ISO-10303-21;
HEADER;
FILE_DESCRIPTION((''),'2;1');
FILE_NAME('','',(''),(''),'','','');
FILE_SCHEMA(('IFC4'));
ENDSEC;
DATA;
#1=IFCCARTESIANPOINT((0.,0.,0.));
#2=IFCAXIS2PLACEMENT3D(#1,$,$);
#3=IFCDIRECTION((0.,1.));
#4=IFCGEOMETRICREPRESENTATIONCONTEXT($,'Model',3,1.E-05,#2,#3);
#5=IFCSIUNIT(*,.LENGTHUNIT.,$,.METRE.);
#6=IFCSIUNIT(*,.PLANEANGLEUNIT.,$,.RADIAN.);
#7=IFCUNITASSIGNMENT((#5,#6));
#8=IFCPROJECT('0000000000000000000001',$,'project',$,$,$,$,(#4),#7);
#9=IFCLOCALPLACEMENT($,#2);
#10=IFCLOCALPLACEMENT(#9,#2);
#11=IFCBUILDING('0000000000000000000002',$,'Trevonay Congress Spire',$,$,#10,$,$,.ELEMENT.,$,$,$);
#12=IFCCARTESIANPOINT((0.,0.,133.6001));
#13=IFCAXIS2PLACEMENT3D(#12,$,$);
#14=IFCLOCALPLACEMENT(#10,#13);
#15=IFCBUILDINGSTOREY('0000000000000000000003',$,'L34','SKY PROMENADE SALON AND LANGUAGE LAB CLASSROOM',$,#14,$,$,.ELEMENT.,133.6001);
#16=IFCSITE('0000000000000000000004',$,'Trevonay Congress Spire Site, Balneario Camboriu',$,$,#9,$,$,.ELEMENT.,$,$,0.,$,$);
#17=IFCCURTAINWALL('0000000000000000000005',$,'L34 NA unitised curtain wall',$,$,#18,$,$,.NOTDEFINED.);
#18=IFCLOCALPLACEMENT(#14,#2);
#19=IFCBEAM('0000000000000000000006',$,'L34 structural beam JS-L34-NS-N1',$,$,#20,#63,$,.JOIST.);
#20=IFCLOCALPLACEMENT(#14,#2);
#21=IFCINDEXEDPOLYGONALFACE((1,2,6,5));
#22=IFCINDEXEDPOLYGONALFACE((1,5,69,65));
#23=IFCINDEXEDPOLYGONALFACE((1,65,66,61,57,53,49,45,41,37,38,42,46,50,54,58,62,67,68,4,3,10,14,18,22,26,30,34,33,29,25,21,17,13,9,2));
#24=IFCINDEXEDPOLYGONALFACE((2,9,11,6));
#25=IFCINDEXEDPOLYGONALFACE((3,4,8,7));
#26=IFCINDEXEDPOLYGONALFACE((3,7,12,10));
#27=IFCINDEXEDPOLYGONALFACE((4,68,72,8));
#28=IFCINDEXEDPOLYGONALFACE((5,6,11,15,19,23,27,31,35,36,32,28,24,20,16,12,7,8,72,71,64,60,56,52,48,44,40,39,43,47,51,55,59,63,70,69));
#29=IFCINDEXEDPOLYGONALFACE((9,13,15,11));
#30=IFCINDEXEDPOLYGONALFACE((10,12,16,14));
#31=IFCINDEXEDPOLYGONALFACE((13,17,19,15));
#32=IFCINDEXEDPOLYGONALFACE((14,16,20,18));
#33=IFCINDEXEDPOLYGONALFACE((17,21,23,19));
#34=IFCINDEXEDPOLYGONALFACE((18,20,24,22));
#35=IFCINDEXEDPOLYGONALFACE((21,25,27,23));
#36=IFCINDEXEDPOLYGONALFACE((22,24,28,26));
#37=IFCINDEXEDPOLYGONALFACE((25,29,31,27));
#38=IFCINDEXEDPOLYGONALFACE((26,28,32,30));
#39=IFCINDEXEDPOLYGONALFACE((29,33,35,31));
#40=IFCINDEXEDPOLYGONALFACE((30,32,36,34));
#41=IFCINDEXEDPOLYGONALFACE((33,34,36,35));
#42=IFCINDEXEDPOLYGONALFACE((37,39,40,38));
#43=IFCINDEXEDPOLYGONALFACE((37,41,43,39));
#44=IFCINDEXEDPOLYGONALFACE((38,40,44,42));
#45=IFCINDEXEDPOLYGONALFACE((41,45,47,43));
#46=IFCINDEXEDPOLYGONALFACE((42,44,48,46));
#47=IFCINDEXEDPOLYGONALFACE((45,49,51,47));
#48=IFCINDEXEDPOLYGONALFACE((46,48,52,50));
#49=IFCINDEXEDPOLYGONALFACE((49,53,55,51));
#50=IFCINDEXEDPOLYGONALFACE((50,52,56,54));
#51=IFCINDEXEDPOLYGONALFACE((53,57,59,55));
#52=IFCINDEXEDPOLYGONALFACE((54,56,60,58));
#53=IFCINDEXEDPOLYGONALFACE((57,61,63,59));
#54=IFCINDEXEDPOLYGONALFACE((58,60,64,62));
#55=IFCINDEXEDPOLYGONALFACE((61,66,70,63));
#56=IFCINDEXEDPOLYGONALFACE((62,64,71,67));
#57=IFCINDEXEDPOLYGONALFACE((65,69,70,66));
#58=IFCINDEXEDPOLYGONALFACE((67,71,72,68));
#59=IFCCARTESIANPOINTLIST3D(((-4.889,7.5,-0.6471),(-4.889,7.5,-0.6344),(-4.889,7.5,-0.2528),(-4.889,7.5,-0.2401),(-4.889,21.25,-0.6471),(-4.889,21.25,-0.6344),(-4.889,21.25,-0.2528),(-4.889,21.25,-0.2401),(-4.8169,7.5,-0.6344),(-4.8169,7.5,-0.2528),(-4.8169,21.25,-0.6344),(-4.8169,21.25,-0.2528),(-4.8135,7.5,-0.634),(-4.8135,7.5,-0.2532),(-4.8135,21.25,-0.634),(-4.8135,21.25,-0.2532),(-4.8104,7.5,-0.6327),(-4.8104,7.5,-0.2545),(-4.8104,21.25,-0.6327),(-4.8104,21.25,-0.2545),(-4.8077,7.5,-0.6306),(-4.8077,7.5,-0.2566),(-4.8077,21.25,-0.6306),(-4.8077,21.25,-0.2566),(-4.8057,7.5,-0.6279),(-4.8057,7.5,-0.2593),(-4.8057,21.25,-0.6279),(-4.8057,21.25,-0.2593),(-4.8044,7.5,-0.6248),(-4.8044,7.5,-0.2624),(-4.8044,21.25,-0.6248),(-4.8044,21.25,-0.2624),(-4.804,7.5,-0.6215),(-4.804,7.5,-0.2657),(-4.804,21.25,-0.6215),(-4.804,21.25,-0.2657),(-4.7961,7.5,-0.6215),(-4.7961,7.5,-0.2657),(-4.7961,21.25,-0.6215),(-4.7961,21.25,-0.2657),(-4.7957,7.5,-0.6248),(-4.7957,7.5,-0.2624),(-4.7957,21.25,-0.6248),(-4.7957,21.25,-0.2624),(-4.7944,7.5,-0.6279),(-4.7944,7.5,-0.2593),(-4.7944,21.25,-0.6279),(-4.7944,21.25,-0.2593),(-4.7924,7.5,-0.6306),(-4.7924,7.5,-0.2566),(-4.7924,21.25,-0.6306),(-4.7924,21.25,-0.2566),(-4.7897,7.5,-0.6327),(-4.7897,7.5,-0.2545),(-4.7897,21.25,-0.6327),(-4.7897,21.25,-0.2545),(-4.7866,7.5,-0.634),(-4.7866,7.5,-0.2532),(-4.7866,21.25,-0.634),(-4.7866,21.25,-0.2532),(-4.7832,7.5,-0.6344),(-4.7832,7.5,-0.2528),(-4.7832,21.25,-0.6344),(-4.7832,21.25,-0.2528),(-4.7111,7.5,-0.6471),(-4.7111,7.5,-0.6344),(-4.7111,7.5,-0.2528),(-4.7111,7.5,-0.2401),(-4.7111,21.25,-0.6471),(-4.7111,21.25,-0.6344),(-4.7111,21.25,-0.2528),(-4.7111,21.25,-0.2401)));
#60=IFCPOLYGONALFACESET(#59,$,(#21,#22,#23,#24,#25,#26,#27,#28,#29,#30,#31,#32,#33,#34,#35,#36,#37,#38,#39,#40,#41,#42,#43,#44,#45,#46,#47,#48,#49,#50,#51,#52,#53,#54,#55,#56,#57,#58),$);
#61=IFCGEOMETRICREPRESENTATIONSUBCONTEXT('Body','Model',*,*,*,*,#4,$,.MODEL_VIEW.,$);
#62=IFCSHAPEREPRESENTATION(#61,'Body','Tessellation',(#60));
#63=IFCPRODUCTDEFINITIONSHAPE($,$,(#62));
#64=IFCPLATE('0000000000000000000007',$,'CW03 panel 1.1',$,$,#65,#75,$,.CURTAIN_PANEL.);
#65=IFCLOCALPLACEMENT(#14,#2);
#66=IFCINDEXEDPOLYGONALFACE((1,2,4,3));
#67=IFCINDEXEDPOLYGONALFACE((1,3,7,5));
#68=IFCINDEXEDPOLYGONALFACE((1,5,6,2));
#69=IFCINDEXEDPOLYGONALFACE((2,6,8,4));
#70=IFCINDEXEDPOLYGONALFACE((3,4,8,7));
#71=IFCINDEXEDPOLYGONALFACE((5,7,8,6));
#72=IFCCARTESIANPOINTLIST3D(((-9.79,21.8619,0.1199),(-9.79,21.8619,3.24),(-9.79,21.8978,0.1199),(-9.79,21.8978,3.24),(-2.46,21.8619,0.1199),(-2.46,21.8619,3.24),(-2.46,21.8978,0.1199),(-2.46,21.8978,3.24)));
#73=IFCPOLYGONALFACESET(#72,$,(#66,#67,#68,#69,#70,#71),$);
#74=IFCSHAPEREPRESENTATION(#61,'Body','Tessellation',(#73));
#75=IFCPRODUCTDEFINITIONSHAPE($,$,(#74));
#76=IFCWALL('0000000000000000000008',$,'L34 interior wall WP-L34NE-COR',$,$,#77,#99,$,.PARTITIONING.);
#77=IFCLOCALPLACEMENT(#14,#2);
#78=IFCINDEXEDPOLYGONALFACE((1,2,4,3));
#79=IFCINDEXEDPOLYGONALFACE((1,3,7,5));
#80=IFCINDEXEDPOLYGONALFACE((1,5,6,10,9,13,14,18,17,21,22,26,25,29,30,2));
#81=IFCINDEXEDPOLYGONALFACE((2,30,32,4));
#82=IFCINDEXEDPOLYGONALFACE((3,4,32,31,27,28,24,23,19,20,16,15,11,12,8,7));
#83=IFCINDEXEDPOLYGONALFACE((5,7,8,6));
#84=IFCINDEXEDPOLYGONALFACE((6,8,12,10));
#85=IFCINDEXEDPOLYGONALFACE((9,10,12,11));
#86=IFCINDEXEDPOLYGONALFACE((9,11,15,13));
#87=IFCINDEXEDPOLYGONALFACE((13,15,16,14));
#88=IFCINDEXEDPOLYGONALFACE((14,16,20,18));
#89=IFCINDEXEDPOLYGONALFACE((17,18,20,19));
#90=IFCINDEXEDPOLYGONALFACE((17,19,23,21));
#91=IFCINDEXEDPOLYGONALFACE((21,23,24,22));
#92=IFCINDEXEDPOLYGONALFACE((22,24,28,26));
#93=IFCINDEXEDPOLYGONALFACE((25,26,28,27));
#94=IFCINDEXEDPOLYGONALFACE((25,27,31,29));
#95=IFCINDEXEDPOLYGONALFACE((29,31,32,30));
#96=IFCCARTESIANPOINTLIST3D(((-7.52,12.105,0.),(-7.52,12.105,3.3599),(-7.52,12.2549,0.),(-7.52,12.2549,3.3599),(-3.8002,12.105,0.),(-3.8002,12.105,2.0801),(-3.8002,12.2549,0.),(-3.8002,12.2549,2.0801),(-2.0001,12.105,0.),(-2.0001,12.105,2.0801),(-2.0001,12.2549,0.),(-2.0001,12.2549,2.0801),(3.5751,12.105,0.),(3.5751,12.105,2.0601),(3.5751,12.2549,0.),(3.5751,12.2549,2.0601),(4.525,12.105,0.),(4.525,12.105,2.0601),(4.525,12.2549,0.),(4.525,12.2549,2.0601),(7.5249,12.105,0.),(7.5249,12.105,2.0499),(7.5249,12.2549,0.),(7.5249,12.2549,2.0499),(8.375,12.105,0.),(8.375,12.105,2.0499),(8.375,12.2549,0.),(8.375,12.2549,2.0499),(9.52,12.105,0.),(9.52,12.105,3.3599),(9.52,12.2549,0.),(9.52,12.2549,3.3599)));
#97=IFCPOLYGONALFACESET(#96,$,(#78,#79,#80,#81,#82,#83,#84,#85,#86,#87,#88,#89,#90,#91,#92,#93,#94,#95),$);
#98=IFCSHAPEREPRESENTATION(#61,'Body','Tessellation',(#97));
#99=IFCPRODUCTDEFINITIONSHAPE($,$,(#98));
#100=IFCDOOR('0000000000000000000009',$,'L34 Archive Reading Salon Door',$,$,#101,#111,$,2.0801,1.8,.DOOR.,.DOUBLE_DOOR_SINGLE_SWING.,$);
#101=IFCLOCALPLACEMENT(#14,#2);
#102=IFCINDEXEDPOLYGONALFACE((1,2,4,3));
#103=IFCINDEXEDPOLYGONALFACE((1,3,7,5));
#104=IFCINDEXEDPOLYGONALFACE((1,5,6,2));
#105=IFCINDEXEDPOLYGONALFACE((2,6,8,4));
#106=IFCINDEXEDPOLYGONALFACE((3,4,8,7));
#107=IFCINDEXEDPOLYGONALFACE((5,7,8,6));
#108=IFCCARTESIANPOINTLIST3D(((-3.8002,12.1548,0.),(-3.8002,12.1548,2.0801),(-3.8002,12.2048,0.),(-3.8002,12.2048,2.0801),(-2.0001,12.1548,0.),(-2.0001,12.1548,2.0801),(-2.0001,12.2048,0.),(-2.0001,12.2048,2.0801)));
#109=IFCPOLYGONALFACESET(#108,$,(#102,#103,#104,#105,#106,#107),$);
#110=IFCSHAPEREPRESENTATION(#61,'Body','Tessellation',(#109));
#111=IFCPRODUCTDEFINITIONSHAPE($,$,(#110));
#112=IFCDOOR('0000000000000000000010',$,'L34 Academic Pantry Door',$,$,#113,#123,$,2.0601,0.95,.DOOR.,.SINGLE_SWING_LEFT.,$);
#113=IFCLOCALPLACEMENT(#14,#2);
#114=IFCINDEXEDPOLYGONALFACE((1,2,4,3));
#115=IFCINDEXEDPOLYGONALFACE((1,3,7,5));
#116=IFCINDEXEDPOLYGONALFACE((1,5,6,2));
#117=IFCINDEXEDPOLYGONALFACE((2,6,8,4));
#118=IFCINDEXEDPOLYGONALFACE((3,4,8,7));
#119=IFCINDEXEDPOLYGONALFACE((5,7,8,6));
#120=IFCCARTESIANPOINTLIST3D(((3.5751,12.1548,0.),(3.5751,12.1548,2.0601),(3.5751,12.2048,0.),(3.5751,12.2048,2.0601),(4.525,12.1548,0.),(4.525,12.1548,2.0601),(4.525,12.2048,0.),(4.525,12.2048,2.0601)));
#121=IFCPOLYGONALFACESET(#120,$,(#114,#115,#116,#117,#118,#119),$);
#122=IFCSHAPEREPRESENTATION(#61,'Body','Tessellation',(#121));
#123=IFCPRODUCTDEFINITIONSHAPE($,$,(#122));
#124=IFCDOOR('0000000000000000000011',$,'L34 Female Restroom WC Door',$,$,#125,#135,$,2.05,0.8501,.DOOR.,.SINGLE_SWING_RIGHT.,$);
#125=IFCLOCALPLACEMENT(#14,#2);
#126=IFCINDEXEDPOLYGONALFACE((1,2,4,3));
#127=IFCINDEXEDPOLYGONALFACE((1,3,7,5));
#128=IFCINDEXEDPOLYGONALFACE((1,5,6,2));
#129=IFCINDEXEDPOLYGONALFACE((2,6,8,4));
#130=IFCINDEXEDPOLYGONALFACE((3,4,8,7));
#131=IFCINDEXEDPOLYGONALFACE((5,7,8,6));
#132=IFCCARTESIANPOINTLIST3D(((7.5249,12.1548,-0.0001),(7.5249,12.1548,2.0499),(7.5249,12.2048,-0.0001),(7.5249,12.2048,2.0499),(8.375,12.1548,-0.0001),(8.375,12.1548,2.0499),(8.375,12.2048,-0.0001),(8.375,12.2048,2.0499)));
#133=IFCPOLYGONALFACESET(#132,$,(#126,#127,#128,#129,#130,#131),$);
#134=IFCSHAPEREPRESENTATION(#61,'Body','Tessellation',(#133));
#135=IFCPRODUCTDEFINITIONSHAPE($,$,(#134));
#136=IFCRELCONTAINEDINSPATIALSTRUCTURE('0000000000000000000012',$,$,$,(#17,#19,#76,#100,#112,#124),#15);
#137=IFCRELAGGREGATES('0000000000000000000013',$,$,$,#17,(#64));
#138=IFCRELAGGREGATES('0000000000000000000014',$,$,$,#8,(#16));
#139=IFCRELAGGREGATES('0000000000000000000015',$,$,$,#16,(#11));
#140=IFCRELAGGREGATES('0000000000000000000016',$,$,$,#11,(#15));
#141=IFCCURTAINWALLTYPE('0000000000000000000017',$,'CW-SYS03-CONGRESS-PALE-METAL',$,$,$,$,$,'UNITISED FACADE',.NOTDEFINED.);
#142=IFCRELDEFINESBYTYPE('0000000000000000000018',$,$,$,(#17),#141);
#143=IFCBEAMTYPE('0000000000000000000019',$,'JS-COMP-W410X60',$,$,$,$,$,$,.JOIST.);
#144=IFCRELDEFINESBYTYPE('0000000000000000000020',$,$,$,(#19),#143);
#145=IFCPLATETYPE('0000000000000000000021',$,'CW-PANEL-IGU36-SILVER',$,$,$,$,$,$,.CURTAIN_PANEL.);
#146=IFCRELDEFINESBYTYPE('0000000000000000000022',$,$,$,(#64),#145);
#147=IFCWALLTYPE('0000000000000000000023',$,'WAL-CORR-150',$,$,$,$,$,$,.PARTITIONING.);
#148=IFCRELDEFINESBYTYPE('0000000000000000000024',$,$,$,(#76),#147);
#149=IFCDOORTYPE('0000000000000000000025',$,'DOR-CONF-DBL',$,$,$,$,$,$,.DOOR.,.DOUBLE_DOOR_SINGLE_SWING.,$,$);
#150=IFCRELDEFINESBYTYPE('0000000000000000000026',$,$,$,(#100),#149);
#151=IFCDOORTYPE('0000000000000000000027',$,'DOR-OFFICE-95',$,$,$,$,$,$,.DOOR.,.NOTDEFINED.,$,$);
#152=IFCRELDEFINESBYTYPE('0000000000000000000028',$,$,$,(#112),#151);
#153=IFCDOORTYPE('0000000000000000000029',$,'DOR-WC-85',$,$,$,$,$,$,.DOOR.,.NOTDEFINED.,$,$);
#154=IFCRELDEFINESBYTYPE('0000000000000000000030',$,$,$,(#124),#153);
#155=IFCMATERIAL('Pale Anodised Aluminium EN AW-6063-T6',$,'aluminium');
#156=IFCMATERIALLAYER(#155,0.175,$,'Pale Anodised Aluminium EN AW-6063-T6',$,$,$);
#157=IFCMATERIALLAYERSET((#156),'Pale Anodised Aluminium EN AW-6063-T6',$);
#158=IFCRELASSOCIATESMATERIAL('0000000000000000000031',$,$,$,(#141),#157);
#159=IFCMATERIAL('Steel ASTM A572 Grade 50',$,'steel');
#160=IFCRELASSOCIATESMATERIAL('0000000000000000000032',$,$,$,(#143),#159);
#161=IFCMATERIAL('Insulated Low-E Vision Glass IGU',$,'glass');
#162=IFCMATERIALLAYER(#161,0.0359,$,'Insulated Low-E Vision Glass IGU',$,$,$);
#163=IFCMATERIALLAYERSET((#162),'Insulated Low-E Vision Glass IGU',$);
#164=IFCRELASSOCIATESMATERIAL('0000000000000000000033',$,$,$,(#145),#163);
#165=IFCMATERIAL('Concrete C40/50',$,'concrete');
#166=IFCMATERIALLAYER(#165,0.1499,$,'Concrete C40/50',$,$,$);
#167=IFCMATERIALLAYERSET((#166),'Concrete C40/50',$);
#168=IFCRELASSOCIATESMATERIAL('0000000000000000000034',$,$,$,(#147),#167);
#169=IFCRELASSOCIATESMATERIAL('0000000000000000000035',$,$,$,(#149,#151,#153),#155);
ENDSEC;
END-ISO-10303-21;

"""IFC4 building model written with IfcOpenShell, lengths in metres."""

from ifc_helpers import new_model, si_unit, direction, frame, frame_2d, origin, origin_2d, place, context, subcontext, project, spatial, rectangle, i_section, extrude, material, layer, layer_set, material_profile, profile_set, type_object, element, fill, aggregate, save


model = new_model("IFC4")

# Units and contexts
model_context = context("Model", 3, precision=1e-05, world=origin(), true_north=direction((0.0, 1.0)))
body_context = subcontext(model_context, "Body", "Model", "MODEL_VIEW")
ifc_project = project(units=[si_unit("LENGTHUNIT", "METRE"), si_unit("PLANEANGLEUNIT", "RADIAN")], contexts=[model_context])

# Site, building, storey
site_placement = place(None, origin())
site = spatial("IfcSite", under=ifc_project, at=site_placement, Name="Trevonay Congress Spire Site, Balneario Camboriu", CompositionType="ELEMENT", RefElevation=0.0)
building_placement = place(site_placement, origin())
building = spatial("IfcBuilding", under=site, at=building_placement, Name="Trevonay Congress Spire", CompositionType="ELEMENT")
storey_placement = place(building_placement, frame((0.0, 0.0, 133.6001)))
storey = spatial("IfcBuildingStorey", under=building, at=storey_placement, Name="L34", Description="SKY PROMENADE SALON AND LANGUAGE LAB CLASSROOM", CompositionType="ELEMENT", Elevation=133.6001)

# Shared definitions
ifc_material_1 = material(Name="Steel ASTM A572 Grade 50", Category="steel")

# Curtain wall
ifc_material_2 = material(Name="Pale Anodised Aluminium EN AW-6063-T6", Category="aluminium")
ifc_layer_1 = layer(ifc_material_2, 0.175, Name="Pale Anodised Aluminium EN AW-6063-T6")
ifc_layer_set_1 = layer_set([ifc_layer_1], Name="Pale Anodised Aluminium EN AW-6063-T6")
curtain_wall_type = type_object("IfcCurtainWallType", Name="CW-SYS03-CONGRESS-PALE-METAL", ElementType="UNITISED FACADE", PredefinedType="NOTDEFINED", material=ifc_layer_set_1)
curtain_wall_placement = place(storey_placement, origin())
curtain_wall = element("IfcCurtainWall", 1, at=curtain_wall_placement, inside=storey, type_object=curtain_wall_type, Name="L34 NA unitised curtain wall", PredefinedType="NOTDEFINED")

# Beam
ifc_material_profile_1 = material_profile(ifc_material_1, i_section(OverallWidth=0.178, OverallDepth=0.407, WebThickness=0.0078, FlangeThickness=0.0127, FilletRadius=0.0129, at=origin_2d()), Name="W410x60")
ifc_profile_set_1 = profile_set([ifc_material_profile_1], Name="Steel ASTM A572 Grade 50")
beam_type_1 = type_object("IfcBeamType", Name="JS-COMP-W410X60", PredefinedType="JOIST", material=ifc_profile_set_1)
beam_1_placement = place(storey_placement, frame((-4.8, 7.5, -0.4436), z_axis=(0.0, 1.0, 0.0), x_axis=(-1.0, 0.0, 0.0)))
element("IfcBeam", 2, at=beam_1_placement, inside=storey, type_object=beam_type_1, Name="L34 structural beam JS-L34-NS-N1", PredefinedType="JOIST", context=body_context, shape_type="SweptSolid", body=[
    extrude(i_section(OverallWidth=0.178, OverallDepth=0.407, WebThickness=0.0078, FlangeThickness=0.0127, FilletRadius=0.0129, at=origin_2d()), origin(), (0.0, 0.0, 1.0), 13.75),
])

# Plate
ifc_material_3 = material(Name="Insulated Low-E Vision Glass IGU", Category="glass")
ifc_layer_2 = layer(ifc_material_3, 0.0359, Name="Insulated Low-E Vision Glass IGU")
ifc_layer_set_2 = layer_set([ifc_layer_2], Name="Insulated Low-E Vision Glass IGU")
plate_type = type_object("IfcPlateType", Name="CW-PANEL-IGU36-SILVER", PredefinedType="CURTAIN_PANEL", material=ifc_layer_set_2)
plate_placement = place(storey_placement, frame((-6.125, 21.8799, 0.1199), z_axis=(0.0, 0.0, 1.0), x_axis=(1.0, 0.0, 0.0)))
plate = element("IfcPlate", 3, at=plate_placement, type_object=plate_type, Name="CW03 panel 1.1", PredefinedType="CURTAIN_PANEL", context=body_context, shape_type="SweptSolid", body=[
    extrude(rectangle(XDim=7.3301, YDim=0.0359, at=origin_2d()), origin(), (0.0, 0.0, 1.0), 3.1201),
])
aggregate(curtain_wall, [plate])

# Wall, openings, doors
ifc_material_4 = material(Name="Concrete C40/50", Category="concrete")
ifc_layer_3 = layer(ifc_material_4, 0.1499, Name="Concrete C40/50")
ifc_layer_set_3 = layer_set([ifc_layer_3], Name="Concrete C40/50")
wall_type_1 = type_object("IfcWallType", Name="WAL-CORR-150", PredefinedType="PARTITIONING", material=ifc_layer_set_3)
wall_1_placement = place(storey_placement, frame((-7.52, 12.1799, 0.0), z_axis=(0.0, 0.0, 1.0), x_axis=(1.0, 0.0, 0.0)))
wall_1 = element("IfcWall", 4, at=wall_1_placement, inside=storey, type_object=wall_type_1, Name="L34 interior wall WP-L34NE-COR", PredefinedType="PARTITIONING", context=body_context, shape_type="SweptSolid", body=[
    extrude(rectangle(XDim=17.04, YDim=0.1499, at=frame_2d((8.52, 0.0))), origin(), (0.0, 0.0, 1.0), 3.3599),
])
opening_1_placement = place(wall_1_placement, frame((3.72, 0.0, 0.0)))
opening_1 = element("IfcOpeningElement", 5, at=opening_1_placement, cuts=wall_1, PredefinedType="OPENING", context=body_context, shape_type="SweptSolid", body=[
    extrude(rectangle(XDim=1.8, YDim=2.0801, at=frame_2d((0.8999, 1.04))), frame((0.0, 0.085, 0.0), z_axis=(0.0, -1.0, 0.0), x_axis=(1.0, 0.0, 0.0)), (0.0, 0.0, 1.0), 0.1699),
])
opening_2_placement = place(wall_1_placement, frame((11.095, 0.0, 0.0)))
opening_2 = element("IfcOpeningElement", 6, at=opening_2_placement, cuts=wall_1, PredefinedType="OPENING", context=body_context, shape_type="SweptSolid", body=[
    extrude(rectangle(XDim=0.95, YDim=2.0601, at=frame_2d((0.4751, 1.03))), frame((0.0, 0.085, 0.0), z_axis=(0.0, -1.0, 0.0), x_axis=(1.0, 0.0, 0.0)), (0.0, 0.0, 1.0), 0.1699),
])
opening_3_placement = place(wall_1_placement, frame((15.0449, 0.0, 0.0)))
opening_3 = element("IfcOpeningElement", 7, at=opening_3_placement, cuts=wall_1, PredefinedType="OPENING", context=body_context, shape_type="SweptSolid", body=[
    extrude(rectangle(XDim=0.8501, YDim=2.05, at=frame_2d((0.425, 1.0249))), frame((0.0, 0.085, 0.0), z_axis=(0.0, -1.0, 0.0), x_axis=(1.0, 0.0, 0.0)), (0.0, 0.0, 1.0), 0.1699),
])
door_type_1 = type_object("IfcDoorType", Name="DOR-CONF-DBL", OperationType="DOUBLE_DOOR_SINGLE_SWING", PredefinedType="DOOR", material=ifc_material_2)
door_1_placement = place(opening_1_placement, origin())
door_1 = element("IfcDoor", 8, at=door_1_placement, inside=storey, type_object=door_type_1, Name="L34 Archive Reading Salon Door", OperationType="DOUBLE_DOOR_SINGLE_SWING", OverallHeight=2.0801, OverallWidth=1.8, PredefinedType="DOOR", context=body_context, shape_type="SweptSolid", body=[
    extrude(rectangle(XDim=1.8, YDim=2.0801, at=frame_2d((0.8999, 1.04))), frame((0.0, 0.0249, 0.0), z_axis=(0.0, -1.0, 0.0), x_axis=(1.0, 0.0, 0.0)), (0.0, 0.0, 1.0), 0.05),
])
fill(opening_1, door_1)
door_type_2 = type_object("IfcDoorType", Name="DOR-OFFICE-95", OperationType="NOTDEFINED", PredefinedType="DOOR", material=ifc_material_2)
door_2_placement = place(opening_2_placement, origin())
door_2 = element("IfcDoor", 9, at=door_2_placement, inside=storey, type_object=door_type_2, Name="L34 Academic Pantry Door", OperationType="SINGLE_SWING_LEFT", OverallHeight=2.0601, OverallWidth=0.95, PredefinedType="DOOR", context=body_context, shape_type="SweptSolid", body=[
    extrude(rectangle(XDim=0.95, YDim=2.0601, at=frame_2d((0.4751, 1.03))), frame((0.0, 0.0249, 0.0), z_axis=(0.0, -1.0, 0.0), x_axis=(1.0, 0.0, 0.0)), (0.0, 0.0, 1.0), 0.05),
])
fill(opening_2, door_2)
door_type_3 = type_object("IfcDoorType", Name="DOR-WC-85", OperationType="NOTDEFINED", PredefinedType="DOOR", material=ifc_material_2)
door_3_placement = place(opening_3_placement, origin())
door_3 = element("IfcDoor", 10, at=door_3_placement, inside=storey, type_object=door_type_3, Name="L34 Female Restroom WC Door", OperationType="SINGLE_SWING_RIGHT", OverallHeight=2.05, OverallWidth=0.8501, PredefinedType="DOOR", context=body_context, shape_type="SweptSolid", body=[
    extrude(rectangle(XDim=0.8501, YDim=2.05, at=frame_2d((0.425, 1.0249))), frame((0.0, 0.0249, 0.0), z_axis=(0.0, -1.0, 0.0), x_axis=(1.0, 0.0, 0.0)), (0.0, 0.0, 1.0), 0.05),
])
fill(opening_3, door_3)

save(model, "model.ifc")
